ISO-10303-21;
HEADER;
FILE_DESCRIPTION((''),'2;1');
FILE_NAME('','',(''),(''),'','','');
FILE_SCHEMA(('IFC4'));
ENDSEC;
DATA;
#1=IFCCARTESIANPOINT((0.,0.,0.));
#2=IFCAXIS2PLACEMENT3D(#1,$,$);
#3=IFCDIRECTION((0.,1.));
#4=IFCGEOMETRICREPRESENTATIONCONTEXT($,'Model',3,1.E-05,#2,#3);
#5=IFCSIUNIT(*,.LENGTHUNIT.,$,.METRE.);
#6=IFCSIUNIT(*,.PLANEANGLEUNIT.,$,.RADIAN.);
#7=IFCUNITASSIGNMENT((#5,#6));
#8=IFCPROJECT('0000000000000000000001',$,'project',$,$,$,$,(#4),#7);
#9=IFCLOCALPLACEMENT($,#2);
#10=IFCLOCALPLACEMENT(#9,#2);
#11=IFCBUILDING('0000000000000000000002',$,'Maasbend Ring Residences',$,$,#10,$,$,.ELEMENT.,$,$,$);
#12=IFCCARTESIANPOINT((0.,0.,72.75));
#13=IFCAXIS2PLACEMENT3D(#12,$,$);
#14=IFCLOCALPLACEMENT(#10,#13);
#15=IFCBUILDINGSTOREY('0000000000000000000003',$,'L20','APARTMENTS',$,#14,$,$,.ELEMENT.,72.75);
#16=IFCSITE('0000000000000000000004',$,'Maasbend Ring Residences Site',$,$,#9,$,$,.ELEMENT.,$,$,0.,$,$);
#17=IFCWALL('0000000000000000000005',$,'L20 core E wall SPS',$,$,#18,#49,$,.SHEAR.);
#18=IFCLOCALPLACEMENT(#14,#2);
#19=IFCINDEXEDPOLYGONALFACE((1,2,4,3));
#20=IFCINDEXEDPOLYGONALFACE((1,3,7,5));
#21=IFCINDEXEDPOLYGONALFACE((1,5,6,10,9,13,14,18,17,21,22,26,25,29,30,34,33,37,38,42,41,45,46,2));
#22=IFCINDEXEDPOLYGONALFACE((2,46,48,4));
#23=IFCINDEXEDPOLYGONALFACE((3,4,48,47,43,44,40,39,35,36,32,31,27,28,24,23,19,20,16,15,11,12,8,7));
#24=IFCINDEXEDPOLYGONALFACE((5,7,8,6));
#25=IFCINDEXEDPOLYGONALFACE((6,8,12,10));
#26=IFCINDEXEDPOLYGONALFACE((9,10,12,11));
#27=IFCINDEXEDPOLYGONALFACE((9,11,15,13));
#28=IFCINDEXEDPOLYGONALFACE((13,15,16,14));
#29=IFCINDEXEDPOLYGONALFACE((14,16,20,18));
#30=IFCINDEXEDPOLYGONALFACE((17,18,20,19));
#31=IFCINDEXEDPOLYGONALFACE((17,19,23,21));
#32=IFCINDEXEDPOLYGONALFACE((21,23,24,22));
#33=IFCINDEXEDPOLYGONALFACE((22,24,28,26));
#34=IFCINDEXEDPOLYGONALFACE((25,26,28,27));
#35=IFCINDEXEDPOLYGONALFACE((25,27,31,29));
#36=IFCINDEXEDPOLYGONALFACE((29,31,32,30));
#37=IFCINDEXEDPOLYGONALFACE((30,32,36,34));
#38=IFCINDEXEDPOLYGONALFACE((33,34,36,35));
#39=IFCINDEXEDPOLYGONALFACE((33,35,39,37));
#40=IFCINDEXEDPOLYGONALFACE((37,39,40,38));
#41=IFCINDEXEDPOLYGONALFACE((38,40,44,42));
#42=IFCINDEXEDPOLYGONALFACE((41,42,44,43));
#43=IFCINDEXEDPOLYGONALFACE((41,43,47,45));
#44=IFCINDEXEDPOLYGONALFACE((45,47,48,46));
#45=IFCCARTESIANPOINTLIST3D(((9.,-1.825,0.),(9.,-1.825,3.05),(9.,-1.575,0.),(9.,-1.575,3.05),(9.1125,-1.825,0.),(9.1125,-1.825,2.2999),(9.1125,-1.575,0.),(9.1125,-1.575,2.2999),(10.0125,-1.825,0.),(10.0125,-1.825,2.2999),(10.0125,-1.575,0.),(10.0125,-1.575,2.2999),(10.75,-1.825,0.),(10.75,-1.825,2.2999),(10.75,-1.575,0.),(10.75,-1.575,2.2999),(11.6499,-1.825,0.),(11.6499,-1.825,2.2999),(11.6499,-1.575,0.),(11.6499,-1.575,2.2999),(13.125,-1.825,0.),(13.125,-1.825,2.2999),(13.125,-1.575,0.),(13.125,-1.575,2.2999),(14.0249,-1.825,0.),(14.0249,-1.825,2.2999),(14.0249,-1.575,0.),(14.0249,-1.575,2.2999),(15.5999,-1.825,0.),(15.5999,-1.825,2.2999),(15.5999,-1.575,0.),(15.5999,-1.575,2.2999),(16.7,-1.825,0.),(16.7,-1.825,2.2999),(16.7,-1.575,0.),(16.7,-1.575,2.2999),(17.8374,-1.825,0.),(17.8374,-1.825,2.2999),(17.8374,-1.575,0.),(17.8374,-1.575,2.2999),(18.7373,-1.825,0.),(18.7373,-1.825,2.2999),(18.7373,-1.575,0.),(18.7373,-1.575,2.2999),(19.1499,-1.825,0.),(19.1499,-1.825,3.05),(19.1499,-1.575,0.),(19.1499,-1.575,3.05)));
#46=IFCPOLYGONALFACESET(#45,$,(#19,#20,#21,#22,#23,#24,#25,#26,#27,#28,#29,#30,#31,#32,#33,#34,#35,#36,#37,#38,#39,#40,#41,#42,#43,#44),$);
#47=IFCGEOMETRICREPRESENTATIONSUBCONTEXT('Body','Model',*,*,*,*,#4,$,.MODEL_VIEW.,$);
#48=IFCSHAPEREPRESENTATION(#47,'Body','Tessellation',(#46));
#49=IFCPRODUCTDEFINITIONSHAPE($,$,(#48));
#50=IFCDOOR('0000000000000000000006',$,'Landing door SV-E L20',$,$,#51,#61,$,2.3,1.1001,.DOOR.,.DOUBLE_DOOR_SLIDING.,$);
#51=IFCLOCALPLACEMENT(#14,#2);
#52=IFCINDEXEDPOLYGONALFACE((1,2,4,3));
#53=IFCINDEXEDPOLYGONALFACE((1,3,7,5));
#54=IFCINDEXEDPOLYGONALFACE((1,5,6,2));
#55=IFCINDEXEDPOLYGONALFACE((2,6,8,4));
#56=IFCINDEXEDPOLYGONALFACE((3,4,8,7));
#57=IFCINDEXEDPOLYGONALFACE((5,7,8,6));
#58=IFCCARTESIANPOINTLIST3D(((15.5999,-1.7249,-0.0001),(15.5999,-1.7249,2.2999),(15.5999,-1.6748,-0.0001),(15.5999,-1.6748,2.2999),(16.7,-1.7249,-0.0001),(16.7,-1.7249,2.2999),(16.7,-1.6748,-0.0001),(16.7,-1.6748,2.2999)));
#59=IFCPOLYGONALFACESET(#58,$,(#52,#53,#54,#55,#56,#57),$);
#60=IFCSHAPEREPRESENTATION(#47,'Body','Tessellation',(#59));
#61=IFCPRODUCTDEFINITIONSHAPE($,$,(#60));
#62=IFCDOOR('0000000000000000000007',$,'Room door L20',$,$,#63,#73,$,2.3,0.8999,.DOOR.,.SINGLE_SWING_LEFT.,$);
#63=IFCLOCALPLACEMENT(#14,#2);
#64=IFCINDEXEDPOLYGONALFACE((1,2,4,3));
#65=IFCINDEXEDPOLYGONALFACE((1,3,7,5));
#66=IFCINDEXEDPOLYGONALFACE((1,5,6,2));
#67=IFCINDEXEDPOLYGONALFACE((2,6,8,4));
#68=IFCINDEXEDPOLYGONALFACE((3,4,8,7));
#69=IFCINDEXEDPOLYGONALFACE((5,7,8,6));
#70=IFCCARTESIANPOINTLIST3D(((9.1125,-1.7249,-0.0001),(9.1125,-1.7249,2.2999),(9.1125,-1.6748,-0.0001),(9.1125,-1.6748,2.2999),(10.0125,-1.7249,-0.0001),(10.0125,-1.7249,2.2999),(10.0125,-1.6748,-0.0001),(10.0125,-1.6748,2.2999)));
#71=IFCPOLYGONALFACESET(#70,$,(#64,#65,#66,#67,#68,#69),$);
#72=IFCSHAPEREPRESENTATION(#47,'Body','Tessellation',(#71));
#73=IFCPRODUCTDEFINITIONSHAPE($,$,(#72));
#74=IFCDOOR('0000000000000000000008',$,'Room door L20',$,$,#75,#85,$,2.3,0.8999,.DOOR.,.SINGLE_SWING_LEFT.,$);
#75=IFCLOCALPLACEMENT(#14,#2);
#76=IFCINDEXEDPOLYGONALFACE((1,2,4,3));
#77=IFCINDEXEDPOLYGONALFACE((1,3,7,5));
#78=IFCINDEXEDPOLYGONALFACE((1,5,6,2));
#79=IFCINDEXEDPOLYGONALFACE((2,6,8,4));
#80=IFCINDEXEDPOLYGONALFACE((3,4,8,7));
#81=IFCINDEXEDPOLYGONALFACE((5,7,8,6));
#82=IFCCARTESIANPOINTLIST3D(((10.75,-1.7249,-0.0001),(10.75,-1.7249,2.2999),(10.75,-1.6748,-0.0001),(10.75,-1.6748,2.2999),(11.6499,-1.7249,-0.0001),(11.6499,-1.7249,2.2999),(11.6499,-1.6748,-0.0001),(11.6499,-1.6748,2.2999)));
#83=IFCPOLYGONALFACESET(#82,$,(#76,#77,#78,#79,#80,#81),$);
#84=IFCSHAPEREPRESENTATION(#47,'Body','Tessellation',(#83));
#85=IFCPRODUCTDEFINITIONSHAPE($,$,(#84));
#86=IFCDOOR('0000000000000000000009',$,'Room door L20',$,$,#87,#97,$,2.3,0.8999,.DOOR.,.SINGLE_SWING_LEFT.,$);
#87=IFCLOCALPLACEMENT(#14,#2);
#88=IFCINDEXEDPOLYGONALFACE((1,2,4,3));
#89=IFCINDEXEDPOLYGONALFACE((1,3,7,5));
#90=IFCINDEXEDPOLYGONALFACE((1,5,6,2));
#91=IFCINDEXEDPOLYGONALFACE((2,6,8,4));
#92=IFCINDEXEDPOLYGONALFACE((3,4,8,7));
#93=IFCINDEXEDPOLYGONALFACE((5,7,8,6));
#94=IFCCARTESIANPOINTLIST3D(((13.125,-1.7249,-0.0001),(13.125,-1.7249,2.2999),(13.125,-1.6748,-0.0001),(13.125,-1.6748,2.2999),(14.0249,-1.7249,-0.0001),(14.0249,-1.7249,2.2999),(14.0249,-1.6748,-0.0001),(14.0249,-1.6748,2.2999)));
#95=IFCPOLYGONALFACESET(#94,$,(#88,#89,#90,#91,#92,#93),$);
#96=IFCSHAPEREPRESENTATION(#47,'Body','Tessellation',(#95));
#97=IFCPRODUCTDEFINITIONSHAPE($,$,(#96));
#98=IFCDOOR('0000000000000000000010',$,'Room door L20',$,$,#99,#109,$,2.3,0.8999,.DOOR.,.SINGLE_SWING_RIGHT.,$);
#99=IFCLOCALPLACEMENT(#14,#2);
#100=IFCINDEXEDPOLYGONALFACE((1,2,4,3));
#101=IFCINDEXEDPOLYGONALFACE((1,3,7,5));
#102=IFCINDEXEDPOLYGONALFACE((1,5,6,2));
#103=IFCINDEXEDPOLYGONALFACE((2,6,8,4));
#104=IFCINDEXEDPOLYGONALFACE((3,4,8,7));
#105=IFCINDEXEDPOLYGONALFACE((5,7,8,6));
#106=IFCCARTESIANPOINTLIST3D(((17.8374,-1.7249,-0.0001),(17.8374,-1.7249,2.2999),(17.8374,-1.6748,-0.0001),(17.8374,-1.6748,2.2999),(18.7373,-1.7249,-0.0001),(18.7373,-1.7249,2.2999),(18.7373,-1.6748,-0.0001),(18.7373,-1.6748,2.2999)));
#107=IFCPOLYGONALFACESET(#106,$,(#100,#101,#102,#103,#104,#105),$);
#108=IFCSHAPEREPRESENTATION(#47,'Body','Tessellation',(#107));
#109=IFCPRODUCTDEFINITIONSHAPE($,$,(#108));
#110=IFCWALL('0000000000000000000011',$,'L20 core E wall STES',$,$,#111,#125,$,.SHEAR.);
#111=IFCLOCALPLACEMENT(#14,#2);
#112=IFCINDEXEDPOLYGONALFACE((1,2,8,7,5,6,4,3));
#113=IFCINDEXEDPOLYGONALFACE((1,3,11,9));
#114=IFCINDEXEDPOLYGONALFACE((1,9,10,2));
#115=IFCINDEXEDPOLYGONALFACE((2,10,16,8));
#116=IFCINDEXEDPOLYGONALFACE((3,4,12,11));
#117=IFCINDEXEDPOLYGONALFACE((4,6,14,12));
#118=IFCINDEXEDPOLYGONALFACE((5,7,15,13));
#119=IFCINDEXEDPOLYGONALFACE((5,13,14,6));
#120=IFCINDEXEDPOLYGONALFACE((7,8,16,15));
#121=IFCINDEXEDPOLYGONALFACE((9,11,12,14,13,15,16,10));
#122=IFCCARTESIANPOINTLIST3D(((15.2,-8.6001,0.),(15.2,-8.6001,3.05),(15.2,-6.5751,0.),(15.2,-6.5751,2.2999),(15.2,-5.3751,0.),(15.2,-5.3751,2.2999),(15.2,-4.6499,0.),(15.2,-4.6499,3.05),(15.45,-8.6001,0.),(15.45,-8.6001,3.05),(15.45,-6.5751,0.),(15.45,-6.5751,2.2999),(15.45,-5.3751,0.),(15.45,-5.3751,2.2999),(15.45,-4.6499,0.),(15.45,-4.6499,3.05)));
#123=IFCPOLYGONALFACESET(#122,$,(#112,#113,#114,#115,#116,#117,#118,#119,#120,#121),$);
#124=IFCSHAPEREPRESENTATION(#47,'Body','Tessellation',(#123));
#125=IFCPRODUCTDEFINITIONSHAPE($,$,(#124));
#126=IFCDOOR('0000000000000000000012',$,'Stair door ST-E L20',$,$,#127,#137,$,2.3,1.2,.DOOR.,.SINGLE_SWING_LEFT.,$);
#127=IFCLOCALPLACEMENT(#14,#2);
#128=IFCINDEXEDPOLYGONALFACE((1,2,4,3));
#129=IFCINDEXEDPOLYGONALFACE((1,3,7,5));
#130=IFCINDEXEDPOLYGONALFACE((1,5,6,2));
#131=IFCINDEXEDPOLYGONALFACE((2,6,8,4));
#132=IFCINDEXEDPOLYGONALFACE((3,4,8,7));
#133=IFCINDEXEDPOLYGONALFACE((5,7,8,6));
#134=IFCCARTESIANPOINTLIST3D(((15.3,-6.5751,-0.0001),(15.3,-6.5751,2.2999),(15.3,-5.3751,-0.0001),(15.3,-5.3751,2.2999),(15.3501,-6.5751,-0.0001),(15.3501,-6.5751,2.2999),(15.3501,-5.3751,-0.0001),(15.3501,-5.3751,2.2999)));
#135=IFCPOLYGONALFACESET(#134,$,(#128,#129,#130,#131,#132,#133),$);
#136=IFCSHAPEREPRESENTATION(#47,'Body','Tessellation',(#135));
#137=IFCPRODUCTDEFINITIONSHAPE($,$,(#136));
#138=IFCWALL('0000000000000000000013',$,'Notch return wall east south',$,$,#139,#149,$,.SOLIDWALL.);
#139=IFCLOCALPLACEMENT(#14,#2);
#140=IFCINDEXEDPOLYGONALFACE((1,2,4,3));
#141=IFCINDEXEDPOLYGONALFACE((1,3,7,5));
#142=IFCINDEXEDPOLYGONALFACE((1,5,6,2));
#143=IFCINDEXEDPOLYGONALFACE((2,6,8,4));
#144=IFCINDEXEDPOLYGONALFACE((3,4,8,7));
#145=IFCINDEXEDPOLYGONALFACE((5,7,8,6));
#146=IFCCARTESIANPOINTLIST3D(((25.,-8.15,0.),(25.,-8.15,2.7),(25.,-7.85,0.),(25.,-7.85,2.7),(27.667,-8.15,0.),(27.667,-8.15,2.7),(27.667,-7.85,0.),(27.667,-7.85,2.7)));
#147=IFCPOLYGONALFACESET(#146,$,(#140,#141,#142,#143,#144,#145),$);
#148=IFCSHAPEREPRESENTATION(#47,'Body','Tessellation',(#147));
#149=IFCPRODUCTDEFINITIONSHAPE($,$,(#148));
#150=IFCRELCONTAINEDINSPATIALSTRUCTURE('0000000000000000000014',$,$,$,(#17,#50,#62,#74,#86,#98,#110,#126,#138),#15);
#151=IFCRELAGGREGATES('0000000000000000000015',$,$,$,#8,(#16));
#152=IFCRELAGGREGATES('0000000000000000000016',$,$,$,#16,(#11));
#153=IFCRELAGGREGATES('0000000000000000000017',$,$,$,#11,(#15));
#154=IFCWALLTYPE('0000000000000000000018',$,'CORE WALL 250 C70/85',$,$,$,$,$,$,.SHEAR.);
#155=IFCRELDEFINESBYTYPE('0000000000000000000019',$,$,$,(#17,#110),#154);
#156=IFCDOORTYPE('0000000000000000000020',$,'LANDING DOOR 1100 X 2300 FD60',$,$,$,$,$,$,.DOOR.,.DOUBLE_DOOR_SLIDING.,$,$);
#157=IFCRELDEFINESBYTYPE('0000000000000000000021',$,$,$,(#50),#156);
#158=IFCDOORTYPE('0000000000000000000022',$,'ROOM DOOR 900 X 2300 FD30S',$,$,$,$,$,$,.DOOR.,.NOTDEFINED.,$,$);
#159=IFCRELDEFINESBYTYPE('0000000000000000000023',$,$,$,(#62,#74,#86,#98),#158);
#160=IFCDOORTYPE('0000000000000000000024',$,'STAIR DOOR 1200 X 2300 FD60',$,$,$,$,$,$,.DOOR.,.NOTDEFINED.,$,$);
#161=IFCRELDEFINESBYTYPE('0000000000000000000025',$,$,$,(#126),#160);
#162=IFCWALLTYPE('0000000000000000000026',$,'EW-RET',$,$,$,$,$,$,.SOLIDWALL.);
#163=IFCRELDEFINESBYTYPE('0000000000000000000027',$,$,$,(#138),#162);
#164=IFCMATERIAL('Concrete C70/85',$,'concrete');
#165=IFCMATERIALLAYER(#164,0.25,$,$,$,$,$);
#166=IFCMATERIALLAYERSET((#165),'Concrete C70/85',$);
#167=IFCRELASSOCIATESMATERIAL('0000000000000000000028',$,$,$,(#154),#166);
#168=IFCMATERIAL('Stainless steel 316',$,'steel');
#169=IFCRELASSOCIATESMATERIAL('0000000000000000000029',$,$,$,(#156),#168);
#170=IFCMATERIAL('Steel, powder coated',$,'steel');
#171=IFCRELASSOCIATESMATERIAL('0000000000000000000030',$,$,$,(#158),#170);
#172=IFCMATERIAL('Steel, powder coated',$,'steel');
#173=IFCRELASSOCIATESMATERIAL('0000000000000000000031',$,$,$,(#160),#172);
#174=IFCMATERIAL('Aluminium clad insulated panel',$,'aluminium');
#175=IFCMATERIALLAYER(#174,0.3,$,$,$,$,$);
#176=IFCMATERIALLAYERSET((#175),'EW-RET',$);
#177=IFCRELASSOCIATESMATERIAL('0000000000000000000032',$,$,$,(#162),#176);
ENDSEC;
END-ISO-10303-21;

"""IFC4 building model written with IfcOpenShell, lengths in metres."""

from ifc_helpers import new_model, si_unit, direction, frame, frame_2d, origin, place, context, subcontext, project, spatial, rectangle, extrude, material, layer, layer_set, type_object, element, fill, save


model = new_model("IFC4")

# Units and contexts
model_context = context("Model", 3, precision=1e-05, world=origin(), true_north=direction((0.0, 1.0)))
body_context = subcontext(model_context, "Body", "Model", "MODEL_VIEW")
ifc_project = project(units=[si_unit("LENGTHUNIT", "METRE"), si_unit("PLANEANGLEUNIT", "RADIAN")], contexts=[model_context])

# Site, building, storey
site_placement = place(None, origin())
site = spatial("IfcSite", under=ifc_project, at=site_placement, Name="Maasbend Ring Residences Site", CompositionType="ELEMENT", RefElevation=0.0)
building_placement = place(site_placement, origin())
building = spatial("IfcBuilding", under=site, at=building_placement, Name="Maasbend Ring Residences", CompositionType="ELEMENT")
storey_placement = place(building_placement, frame((0.0, 0.0, 72.75)))
storey = spatial("IfcBuildingStorey", under=building, at=storey_placement, Name="L20", Description="APARTMENTS", CompositionType="ELEMENT", Elevation=72.75)

# Wall, openings, doors
ifc_material_1 = material(Name="Concrete C70/85", Category="concrete")
ifc_layer_1 = layer(ifc_material_1, 0.25)
ifc_layer_set_1 = layer_set([ifc_layer_1], Name="Concrete C70/85")
wall_type_1 = type_object("IfcWallType", Name="CORE WALL 250 C70/85", PredefinedType="SHEAR", material=ifc_layer_set_1)
wall_1_placement = place(storey_placement, frame((19.1499, -1.7, 0.0), z_axis=(0.0, 0.0, 1.0), x_axis=(-1.0, 0.0, 0.0)))
wall_1 = element("IfcWall", 1, at=wall_1_placement, inside=storey, type_object=wall_type_1, Name="L20 core E wall SPS", PredefinedType="SHEAR", context=body_context, shape_type="SweptSolid", body=[
    extrude(rectangle(XDim=10.1499, YDim=0.25, at=frame_2d((5.075, 0.0))), origin(), (0.0, 0.0, 1.0), 3.05),
])
opening_1_placement = place(wall_1_placement, frame((2.45, 0.0, 0.0)))
opening_1 = element("IfcOpeningElement", 2, at=opening_1_placement, cuts=wall_1, PredefinedType="OPENING", context=body_context, shape_type="SweptSolid", body=[
    extrude(rectangle(XDim=1.1001, YDim=2.3, at=frame_2d((0.55, 1.1499))), frame((0.0, 0.135, 0.0), z_axis=(0.0, -1.0, 0.0), x_axis=(1.0, 0.0, 0.0)), (0.0, 0.0, 1.0), 0.27),
])
opening_2_placement = place(wall_1_placement, frame((9.1375, 0.0, 0.0)))
opening_2 = element("IfcOpeningElement", 3, at=opening_2_placement, cuts=wall_1, PredefinedType="OPENING", context=body_context, shape_type="SweptSolid", body=[
    extrude(rectangle(XDim=0.8999, YDim=2.3, at=frame_2d((0.45, 1.1499))), frame((0.0, 0.135, 0.0), z_axis=(0.0, -1.0, 0.0), x_axis=(1.0, 0.0, 0.0)), (0.0, 0.0, 1.0), 0.27),
])
opening_3_placement = place(wall_1_placement, frame((7.5, 0.0, 0.0)))
opening_3 = element("IfcOpeningElement", 4, at=opening_3_placement, cuts=wall_1, PredefinedType="OPENING", context=body_context, shape_type="SweptSolid", body=[
    extrude(rectangle(XDim=0.8999, YDim=2.3, at=frame_2d((0.45, 1.1499))), frame((0.0, 0.135, 0.0), z_axis=(0.0, -1.0, 0.0), x_axis=(1.0, 0.0, 0.0)), (0.0, 0.0, 1.0), 0.27),
])
opening_4_placement = place(wall_1_placement, frame((5.125, 0.0, 0.0)))
opening_4 = element("IfcOpeningElement", 5, at=opening_4_placement, cuts=wall_1, PredefinedType="OPENING", context=body_context, shape_type="SweptSolid", body=[
    extrude(rectangle(XDim=0.8999, YDim=2.3, at=frame_2d((0.45, 1.1499))), frame((0.0, 0.135, 0.0), z_axis=(0.0, -1.0, 0.0), x_axis=(1.0, 0.0, 0.0)), (0.0, 0.0, 1.0), 0.27),
])
opening_5_placement = place(wall_1_placement, frame((0.4126, 0.0, 0.0)))
opening_5 = element("IfcOpeningElement", 6, at=opening_5_placement, cuts=wall_1, PredefinedType="OPENING", context=body_context, shape_type="SweptSolid", body=[
    extrude(rectangle(XDim=0.8999, YDim=2.3, at=frame_2d((0.45, 1.1499))), frame((0.0, 0.135, 0.0), z_axis=(0.0, -1.0, 0.0), x_axis=(1.0, 0.0, 0.0)), (0.0, 0.0, 1.0), 0.27),
])
ifc_material_2 = material(Name="Stainless steel 316", Category="steel")
door_type_1 = type_object("IfcDoorType", Name="LANDING DOOR 1100 X 2300 FD60", OperationType="DOUBLE_DOOR_SLIDING", PredefinedType="DOOR", material=ifc_material_2)
door_1_placement = place(opening_1_placement, origin())
door_1 = element("IfcDoor", 7, at=door_1_placement, inside=storey, type_object=door_type_1, Name="Landing door SV-E L20", OperationType="DOUBLE_DOOR_SLIDING", OverallHeight=2.3, OverallWidth=1.1001, PredefinedType="DOOR", context=body_context, shape_type="SweptSolid", body=[
    extrude(rectangle(XDim=1.1001, YDim=2.3, at=frame_2d((0.55, 1.1499))), frame((0.0, 0.0249, 0.0), z_axis=(0.0, -1.0, 0.0), x_axis=(1.0, 0.0, 0.0)), (0.0, 0.0, 1.0), 0.05),
])
fill(opening_1, door_1)
ifc_material_3 = material(Name="Steel, powder coated", Category="steel")
door_type_2 = type_object("IfcDoorType", Name="ROOM DOOR 900 X 2300 FD30S", OperationType="NOTDEFINED", PredefinedType="DOOR", material=ifc_material_3)
door_2_placement = place(opening_2_placement, origin())
door_2 = element("IfcDoor", 8, at=door_2_placement, inside=storey, type_object=door_type_2, Name="Room door L20", OperationType="SINGLE_SWING_LEFT", OverallHeight=2.3, OverallWidth=0.8999, PredefinedType="DOOR", context=body_context, shape_type="SweptSolid", body=[
    extrude(rectangle(XDim=0.8999, YDim=2.3, at=frame_2d((0.45, 1.1499))), frame((0.0, 0.0249, 0.0), z_axis=(0.0, -1.0, 0.0), x_axis=(1.0, 0.0, 0.0)), (0.0, 0.0, 1.0), 0.05),
])
fill(opening_2, door_2)
door_3_placement = place(opening_3_placement, origin())
door_3 = element("IfcDoor", 9, at=door_3_placement, inside=storey, type_object=door_type_2, Name="Room door L20", OperationType="SINGLE_SWING_LEFT", OverallHeight=2.3, OverallWidth=0.8999, PredefinedType="DOOR", context=body_context, shape_type="SweptSolid", body=[
    extrude(rectangle(XDim=0.8999, YDim=2.3, at=frame_2d((0.45, 1.1499))), frame((0.0, 0.0249, 0.0), z_axis=(0.0, -1.0, 0.0), x_axis=(1.0, 0.0, 0.0)), (0.0, 0.0, 1.0), 0.05),
])
fill(opening_3, door_3)
door_4_placement = place(opening_4_placement, origin())
door_4 = element("IfcDoor", 10, at=door_4_placement, inside=storey, type_object=door_type_2, Name="Room door L20", OperationType="SINGLE_SWING_LEFT", OverallHeight=2.3, OverallWidth=0.8999, PredefinedType="DOOR", context=body_context, shape_type="SweptSolid", body=[
    extrude(rectangle(XDim=0.8999, YDim=2.3, at=frame_2d((0.45, 1.1499))), frame((0.0, 0.0249, 0.0), z_axis=(0.0, -1.0, 0.0), x_axis=(1.0, 0.0, 0.0)), (0.0, 0.0, 1.0), 0.05),
])
fill(opening_4, door_4)
door_5_placement = place(opening_5_placement, origin())
door_5 = element("IfcDoor", 11, at=door_5_placement, inside=storey, type_object=door_type_2, Name="Room door L20", OperationType="SINGLE_SWING_RIGHT", OverallHeight=2.3, OverallWidth=0.8999, PredefinedType="DOOR", context=body_context, shape_type="SweptSolid", body=[
    extrude(rectangle(XDim=0.8999, YDim=2.3, at=frame_2d((0.45, 1.1499))), frame((0.0, 0.0249, 0.0), z_axis=(0.0, -1.0, 0.0), x_axis=(1.0, 0.0, 0.0)), (0.0, 0.0, 1.0), 0.05),
])
fill(opening_5, door_5)

# Wall, opening, door
wall_2_placement = place(storey_placement, frame((15.325, -8.6001, 0.0), z_axis=(0.0, 0.0, 1.0), x_axis=(0.0, 1.0, 0.0)))
wall_2 = element("IfcWall", 12, at=wall_2_placement, inside=storey, type_object=wall_type_1, Name="L20 core E wall STES", PredefinedType="SHEAR", context=body_context, shape_type="SweptSolid", body=[
    extrude(rectangle(XDim=3.9502, YDim=0.25, at=frame_2d((1.9751, 0.0))), origin(), (0.0, 0.0, 1.0), 3.05),
])
opening_6_placement = place(wall_2_placement, frame((2.0249, 0.0, 0.0)))
opening_6 = element("IfcOpeningElement", 13, at=opening_6_placement, cuts=wall_2, PredefinedType="OPENING", context=body_context, shape_type="SweptSolid", body=[
    extrude(rectangle(XDim=1.2, YDim=2.3, at=frame_2d((0.6001, 1.1499))), frame((0.0, 0.135, 0.0), z_axis=(0.0, -1.0, 0.0), x_axis=(1.0, 0.0, 0.0)), (0.0, 0.0, 1.0), 0.27),
])
ifc_material_4 = material(Name="Steel, powder coated", Category="steel")
door_type_3 = type_object("IfcDoorType", Name="STAIR DOOR 1200 X 2300 FD60", OperationType="NOTDEFINED", PredefinedType="DOOR", material=ifc_material_4)
door_6_placement = place(opening_6_placement, origin())
door_6 = element("IfcDoor", 14, at=door_6_placement, inside=storey, type_object=door_type_3, Name="Stair door ST-E L20", OperationType="SINGLE_SWING_LEFT", OverallHeight=2.3, OverallWidth=1.2, PredefinedType="DOOR", context=body_context, shape_type="SweptSolid", body=[
    extrude(rectangle(XDim=1.2, YDim=2.3, at=frame_2d((0.6001, 1.1499))), frame((0.0, 0.0249, 0.0), z_axis=(0.0, -1.0, 0.0), x_axis=(1.0, 0.0, 0.0)), (0.0, 0.0, 1.0), 0.05),
])
fill(opening_6, door_6)

# Wall
ifc_material_5 = material(Name="Aluminium clad insulated panel", Category="aluminium")
ifc_layer_2 = layer(ifc_material_5, 0.3)
ifc_layer_set_2 = layer_set([ifc_layer_2], Name="EW-RET")
wall_type_2 = type_object("IfcWallType", Name="EW-RET", PredefinedType="SOLIDWALL", material=ifc_layer_set_2)
wall_3_placement = place(storey_placement, frame((25.0, -8.0, 0.0), z_axis=(0.0, 0.0, 1.0), x_axis=(1.0, 0.0, 0.0)))
element("IfcWall", 15, at=wall_3_placement, inside=storey, type_object=wall_type_2, Name="Notch return wall east south", PredefinedType="SOLIDWALL", context=body_context, shape_type="SweptSolid", body=[
    extrude(rectangle(XDim=2.667, YDim=0.3, at=frame_2d((1.3335, 0.0))), origin(), (0.0, 0.0, 1.0), 2.7),
])

save(model, "model.ifc")
